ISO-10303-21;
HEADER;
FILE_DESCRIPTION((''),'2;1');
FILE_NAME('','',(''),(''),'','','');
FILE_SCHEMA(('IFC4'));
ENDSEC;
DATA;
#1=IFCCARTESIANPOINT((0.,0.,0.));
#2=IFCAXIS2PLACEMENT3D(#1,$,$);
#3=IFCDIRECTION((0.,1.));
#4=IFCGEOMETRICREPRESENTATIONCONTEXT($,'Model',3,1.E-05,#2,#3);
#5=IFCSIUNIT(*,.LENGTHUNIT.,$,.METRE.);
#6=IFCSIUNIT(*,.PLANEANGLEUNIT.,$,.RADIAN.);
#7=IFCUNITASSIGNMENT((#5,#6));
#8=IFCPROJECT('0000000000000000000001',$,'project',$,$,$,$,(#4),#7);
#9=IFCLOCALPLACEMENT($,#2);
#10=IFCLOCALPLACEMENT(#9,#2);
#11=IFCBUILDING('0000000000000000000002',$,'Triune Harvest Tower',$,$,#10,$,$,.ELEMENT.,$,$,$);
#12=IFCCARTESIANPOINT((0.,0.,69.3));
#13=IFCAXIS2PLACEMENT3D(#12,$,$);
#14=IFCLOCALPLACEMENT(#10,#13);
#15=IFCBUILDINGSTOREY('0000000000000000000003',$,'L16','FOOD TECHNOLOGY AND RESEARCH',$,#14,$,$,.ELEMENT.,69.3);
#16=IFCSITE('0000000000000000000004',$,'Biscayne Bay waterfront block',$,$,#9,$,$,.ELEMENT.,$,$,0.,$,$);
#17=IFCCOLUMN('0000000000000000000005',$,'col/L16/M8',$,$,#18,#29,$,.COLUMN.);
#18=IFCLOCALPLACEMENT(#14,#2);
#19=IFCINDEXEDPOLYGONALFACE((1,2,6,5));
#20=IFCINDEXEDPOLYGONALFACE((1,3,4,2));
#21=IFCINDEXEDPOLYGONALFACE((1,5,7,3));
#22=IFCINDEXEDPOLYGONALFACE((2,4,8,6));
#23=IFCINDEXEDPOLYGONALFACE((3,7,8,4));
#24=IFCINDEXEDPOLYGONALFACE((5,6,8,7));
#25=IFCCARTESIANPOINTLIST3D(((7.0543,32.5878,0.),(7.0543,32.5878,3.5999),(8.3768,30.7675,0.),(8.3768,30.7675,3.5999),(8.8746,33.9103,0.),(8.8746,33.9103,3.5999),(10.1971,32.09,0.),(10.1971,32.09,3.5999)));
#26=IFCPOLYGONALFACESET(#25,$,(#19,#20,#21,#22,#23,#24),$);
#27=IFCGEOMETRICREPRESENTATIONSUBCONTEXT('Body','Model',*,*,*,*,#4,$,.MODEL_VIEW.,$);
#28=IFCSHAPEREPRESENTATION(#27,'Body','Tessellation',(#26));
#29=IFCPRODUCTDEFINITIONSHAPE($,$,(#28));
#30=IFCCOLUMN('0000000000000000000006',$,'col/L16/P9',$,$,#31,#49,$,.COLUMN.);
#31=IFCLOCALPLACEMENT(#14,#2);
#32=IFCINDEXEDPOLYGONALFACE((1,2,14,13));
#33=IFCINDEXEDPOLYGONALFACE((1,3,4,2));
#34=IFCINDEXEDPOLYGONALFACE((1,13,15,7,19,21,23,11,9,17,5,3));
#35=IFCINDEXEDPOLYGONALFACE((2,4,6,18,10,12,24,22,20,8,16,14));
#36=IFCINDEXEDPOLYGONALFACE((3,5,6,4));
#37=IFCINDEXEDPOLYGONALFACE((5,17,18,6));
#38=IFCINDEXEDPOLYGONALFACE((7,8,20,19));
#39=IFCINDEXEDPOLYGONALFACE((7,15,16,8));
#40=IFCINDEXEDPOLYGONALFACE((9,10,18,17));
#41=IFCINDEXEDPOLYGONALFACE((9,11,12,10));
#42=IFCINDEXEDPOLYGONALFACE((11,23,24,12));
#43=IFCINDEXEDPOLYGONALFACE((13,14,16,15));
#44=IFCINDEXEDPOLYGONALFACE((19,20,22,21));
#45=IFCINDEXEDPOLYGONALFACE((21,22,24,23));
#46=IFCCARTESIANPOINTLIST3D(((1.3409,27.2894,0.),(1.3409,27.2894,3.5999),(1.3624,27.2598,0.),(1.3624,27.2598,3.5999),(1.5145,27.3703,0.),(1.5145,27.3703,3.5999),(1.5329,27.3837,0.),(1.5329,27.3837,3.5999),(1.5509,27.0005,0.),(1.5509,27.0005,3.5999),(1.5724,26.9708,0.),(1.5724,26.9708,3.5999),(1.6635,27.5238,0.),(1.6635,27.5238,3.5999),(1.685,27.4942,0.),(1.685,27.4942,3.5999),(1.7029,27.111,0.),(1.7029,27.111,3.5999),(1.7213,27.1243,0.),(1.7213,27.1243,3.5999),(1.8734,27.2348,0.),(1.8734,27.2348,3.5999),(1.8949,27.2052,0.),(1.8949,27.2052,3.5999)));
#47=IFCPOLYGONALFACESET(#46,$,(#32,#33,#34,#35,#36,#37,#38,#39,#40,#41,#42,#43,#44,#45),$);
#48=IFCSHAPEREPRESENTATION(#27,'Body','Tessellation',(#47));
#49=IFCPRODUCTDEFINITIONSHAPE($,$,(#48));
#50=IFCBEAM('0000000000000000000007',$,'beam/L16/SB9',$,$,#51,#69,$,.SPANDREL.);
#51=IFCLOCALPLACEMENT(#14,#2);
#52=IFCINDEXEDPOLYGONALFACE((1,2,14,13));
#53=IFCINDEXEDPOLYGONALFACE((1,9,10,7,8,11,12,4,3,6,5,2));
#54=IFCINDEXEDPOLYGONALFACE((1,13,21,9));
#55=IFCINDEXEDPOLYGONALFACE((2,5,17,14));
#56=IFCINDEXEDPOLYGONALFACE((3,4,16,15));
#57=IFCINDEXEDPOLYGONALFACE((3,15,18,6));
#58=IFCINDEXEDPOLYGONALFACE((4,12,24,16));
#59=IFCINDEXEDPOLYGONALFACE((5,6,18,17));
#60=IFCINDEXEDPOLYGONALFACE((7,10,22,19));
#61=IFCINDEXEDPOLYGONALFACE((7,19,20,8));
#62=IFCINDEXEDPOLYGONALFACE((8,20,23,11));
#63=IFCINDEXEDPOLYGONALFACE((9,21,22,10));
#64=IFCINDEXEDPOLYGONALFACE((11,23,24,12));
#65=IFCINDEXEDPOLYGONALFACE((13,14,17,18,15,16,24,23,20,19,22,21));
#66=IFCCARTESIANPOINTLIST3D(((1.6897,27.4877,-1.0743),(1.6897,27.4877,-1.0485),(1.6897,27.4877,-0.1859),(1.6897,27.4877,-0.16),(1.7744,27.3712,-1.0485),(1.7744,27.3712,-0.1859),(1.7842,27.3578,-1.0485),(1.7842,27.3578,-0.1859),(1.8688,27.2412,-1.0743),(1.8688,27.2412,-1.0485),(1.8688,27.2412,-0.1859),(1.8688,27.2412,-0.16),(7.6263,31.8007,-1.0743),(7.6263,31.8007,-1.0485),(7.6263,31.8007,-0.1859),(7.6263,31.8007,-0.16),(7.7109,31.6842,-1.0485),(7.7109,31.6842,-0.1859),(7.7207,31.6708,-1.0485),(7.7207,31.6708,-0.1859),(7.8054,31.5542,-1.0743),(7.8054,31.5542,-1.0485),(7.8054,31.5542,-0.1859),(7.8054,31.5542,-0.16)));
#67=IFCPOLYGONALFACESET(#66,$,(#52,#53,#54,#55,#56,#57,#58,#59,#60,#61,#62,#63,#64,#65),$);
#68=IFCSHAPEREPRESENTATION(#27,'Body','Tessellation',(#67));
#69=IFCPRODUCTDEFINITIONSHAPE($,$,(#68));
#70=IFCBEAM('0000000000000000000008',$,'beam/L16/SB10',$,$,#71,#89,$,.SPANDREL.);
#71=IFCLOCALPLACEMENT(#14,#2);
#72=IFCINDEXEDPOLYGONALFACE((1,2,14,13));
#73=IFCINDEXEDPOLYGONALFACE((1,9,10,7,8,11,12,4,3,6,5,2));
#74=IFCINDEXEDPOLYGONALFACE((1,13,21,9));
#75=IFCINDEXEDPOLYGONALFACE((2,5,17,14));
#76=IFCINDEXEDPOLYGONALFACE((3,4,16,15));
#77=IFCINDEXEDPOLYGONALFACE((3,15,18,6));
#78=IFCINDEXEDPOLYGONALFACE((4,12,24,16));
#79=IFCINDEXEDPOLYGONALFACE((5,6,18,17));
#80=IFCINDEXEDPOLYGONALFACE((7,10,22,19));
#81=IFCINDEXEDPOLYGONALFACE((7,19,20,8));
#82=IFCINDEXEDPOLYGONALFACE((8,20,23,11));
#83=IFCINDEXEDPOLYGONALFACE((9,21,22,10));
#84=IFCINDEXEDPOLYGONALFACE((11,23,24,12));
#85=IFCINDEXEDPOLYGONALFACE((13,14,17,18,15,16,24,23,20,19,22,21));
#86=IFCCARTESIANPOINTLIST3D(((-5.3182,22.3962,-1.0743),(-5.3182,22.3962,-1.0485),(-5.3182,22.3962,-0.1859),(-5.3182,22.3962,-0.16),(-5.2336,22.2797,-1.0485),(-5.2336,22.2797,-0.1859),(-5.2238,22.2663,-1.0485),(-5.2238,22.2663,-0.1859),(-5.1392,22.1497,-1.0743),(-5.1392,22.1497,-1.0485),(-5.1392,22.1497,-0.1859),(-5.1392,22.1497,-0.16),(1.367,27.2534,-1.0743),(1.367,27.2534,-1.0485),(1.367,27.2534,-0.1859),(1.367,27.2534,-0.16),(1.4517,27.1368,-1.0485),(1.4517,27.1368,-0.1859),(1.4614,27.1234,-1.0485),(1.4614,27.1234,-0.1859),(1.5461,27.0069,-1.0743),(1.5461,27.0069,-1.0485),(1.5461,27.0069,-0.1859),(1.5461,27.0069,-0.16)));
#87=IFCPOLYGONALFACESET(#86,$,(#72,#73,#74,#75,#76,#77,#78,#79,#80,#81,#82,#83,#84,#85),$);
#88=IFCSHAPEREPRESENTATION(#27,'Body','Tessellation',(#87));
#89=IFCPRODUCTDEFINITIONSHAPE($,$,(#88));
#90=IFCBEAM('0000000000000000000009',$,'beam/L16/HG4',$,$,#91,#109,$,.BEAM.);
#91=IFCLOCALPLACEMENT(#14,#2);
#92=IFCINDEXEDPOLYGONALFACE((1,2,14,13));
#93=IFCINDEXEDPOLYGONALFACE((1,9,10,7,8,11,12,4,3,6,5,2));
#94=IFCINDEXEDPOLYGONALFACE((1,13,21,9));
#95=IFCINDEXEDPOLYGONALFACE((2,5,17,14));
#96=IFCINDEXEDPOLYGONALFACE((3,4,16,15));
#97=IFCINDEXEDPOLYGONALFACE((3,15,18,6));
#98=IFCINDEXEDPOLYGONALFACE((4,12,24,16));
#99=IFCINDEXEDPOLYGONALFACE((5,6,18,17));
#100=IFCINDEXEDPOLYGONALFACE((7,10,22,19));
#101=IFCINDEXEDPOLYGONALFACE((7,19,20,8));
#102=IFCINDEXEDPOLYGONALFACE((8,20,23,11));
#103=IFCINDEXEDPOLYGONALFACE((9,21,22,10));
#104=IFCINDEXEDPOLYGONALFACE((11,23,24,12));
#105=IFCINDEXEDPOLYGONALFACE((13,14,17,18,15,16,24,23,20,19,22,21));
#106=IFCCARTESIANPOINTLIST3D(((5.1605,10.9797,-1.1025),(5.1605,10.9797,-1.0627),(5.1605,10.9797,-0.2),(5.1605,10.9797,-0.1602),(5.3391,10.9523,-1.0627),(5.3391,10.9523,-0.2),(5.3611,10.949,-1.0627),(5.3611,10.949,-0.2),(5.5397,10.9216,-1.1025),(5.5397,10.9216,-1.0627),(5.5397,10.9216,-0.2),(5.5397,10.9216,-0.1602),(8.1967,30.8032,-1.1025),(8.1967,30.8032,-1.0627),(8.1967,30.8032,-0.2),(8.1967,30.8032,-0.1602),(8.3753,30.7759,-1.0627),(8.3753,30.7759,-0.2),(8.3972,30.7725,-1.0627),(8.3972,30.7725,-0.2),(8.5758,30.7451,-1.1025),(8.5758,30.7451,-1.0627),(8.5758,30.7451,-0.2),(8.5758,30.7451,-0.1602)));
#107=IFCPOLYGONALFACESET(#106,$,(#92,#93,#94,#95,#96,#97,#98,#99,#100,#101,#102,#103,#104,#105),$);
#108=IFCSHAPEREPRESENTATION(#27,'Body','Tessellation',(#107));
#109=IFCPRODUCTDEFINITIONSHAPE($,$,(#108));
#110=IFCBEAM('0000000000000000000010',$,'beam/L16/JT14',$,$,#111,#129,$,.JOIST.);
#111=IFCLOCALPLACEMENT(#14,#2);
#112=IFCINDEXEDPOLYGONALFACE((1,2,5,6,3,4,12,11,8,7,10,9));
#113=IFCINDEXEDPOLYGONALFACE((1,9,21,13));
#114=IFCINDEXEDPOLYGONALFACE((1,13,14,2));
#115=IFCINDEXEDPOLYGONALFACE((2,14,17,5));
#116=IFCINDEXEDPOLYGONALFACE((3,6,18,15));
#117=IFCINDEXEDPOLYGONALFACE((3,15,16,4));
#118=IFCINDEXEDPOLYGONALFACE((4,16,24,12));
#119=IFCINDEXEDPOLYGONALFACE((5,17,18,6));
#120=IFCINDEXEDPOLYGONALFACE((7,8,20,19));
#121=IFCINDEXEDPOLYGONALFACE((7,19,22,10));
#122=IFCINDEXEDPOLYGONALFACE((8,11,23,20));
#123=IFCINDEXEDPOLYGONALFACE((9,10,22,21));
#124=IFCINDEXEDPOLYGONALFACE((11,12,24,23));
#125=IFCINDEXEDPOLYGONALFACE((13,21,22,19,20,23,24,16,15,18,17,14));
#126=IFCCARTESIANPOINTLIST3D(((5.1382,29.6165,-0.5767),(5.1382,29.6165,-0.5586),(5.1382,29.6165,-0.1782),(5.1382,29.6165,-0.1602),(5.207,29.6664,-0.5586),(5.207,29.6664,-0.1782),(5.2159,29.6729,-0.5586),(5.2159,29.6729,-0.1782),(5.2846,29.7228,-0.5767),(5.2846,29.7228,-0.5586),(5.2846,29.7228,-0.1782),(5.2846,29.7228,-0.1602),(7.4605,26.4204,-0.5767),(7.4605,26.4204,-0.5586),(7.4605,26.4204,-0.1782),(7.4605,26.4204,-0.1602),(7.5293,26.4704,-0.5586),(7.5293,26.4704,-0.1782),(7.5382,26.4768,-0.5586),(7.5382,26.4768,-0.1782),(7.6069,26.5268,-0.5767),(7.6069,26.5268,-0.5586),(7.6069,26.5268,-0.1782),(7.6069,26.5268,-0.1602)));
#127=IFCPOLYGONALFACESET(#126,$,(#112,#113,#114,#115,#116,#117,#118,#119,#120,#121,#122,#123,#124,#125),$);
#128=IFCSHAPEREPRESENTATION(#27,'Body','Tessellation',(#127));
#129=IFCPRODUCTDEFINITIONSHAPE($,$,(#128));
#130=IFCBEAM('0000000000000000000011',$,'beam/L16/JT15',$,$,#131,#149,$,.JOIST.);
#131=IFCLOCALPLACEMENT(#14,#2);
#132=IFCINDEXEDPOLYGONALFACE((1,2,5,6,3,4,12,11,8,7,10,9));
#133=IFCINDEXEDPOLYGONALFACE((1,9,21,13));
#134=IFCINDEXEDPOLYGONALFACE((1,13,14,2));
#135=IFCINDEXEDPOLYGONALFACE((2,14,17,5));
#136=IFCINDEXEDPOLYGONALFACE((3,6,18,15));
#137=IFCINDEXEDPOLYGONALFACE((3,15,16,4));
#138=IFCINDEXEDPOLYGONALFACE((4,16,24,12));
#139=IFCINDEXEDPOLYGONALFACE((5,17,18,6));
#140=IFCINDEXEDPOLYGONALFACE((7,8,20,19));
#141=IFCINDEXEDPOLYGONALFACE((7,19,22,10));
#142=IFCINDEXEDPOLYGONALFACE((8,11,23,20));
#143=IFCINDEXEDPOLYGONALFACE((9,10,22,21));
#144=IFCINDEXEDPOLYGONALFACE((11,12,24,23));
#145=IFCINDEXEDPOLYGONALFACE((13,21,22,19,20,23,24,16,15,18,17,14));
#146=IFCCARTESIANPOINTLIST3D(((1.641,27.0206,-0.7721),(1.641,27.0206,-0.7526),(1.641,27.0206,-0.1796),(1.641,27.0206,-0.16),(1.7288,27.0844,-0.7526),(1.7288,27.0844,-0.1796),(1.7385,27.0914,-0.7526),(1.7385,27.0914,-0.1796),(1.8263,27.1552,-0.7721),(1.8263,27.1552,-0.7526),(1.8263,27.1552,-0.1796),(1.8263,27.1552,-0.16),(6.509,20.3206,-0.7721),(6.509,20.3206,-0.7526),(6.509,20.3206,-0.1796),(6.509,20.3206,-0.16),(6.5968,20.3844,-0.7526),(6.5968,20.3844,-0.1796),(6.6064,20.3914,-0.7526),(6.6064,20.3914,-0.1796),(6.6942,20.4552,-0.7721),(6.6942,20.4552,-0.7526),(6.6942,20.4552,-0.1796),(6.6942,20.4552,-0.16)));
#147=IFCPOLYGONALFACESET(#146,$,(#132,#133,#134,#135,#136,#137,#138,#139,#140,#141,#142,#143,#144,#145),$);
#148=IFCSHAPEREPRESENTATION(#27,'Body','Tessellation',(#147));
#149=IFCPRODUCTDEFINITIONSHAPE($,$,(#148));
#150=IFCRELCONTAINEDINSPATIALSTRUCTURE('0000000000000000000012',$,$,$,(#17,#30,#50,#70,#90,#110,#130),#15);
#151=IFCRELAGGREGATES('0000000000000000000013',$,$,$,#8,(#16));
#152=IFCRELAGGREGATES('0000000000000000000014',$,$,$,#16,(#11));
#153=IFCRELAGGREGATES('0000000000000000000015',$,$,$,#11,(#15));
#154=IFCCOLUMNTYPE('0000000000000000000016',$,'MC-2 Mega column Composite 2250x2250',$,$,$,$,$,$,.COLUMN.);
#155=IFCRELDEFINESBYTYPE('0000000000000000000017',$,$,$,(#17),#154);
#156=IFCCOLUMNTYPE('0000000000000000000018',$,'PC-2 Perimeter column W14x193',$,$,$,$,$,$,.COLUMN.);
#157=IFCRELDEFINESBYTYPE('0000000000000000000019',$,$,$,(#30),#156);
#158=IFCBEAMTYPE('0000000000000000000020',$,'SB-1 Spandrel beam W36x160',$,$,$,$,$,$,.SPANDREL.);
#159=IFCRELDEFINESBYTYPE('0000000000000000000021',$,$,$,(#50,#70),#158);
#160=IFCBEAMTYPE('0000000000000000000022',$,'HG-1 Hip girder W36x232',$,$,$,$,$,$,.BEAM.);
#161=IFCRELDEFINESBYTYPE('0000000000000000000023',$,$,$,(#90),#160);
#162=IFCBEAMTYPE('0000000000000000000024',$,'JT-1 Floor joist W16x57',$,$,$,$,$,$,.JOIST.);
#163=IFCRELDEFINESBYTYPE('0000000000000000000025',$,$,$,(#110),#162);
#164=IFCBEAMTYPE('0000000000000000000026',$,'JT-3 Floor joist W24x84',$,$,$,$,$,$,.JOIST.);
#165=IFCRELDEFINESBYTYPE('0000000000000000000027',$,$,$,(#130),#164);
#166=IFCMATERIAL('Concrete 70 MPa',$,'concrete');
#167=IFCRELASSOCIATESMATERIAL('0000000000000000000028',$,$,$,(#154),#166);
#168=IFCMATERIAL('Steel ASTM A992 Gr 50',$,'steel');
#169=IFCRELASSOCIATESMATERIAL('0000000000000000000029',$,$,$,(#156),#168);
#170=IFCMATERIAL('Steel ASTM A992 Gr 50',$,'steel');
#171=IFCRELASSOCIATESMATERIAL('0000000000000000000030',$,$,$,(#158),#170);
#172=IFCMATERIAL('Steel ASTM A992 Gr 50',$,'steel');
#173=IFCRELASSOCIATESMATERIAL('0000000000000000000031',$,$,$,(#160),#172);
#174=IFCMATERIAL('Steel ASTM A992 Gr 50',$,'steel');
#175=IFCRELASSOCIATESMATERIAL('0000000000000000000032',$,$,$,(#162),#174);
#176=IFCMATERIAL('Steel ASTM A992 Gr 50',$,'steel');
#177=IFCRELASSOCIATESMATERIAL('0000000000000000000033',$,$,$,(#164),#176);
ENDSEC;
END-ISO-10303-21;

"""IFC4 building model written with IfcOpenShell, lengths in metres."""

from ifc_helpers import new_model, si_unit, direction, frame, origin, origin_2d, place, context, subcontext, project, spatial, rectangle, i_section, extrude, source, transform, mapped, material, material_profile, profile_set, type_object, element, save


model = new_model("IFC4")

# Units and contexts
model_context = context("Model", 3, precision=1e-05, world=origin(), true_north=direction((0.0, 1.0)))
body_context = subcontext(model_context, "Body", "Model", "MODEL_VIEW")
ifc_project = project(units=[si_unit("LENGTHUNIT", "METRE"), si_unit("PLANEANGLEUNIT", "RADIAN")], contexts=[model_context])

# Site, building, storey
site_placement = place(None, origin())
site = spatial("IfcSite", under=ifc_project, at=site_placement, Name="Biscayne Bay waterfront block", CompositionType="ELEMENT", RefElevation=0.0)
building_placement = place(site_placement, origin())
building = spatial("IfcBuilding", under=site, at=building_placement, Name="Triune Harvest Tower", CompositionType="ELEMENT")
storey_placement = place(building_placement, frame((0.0, 0.0, 69.3)))
storey = spatial("IfcBuildingStorey", under=building, at=storey_placement, Name="L16", Description="FOOD TECHNOLOGY AND RESEARCH", CompositionType="ELEMENT", Elevation=69.3)

# Columns
ifc_material_1 = material(Name="Concrete 70 MPa", Category="concrete")
ifc_material_profile_1 = material_profile(ifc_material_1, rectangle(XDim=2.25, YDim=2.25, at=origin_2d()), Name="Composite 2250x2250")
ifc_profile_set_1 = profile_set([ifc_material_profile_1], Name="Concrete 70 MPa")
column_type_1 = type_object("IfcColumnType", Name="MC-2 Mega column Composite 2250x2250", PredefinedType="COLUMN", material=ifc_profile_set_1)
shared_shape_1 = source(origin(), body_context, "Body", "SweptSolid", [
    extrude(rectangle(XDim=2.25, YDim=2.25, at=origin_2d()), origin(), (0.0, 0.0, 1.0), 3.5999),
])
column_1_placement = place(storey_placement, frame((8.6257, 32.3389, 0.0), z_axis=(0.0, 0.0, 1.0), x_axis=(-0.809017, -0.587785, 0.0)))
element("IfcColumn", 1, at=column_1_placement, inside=storey, type_object=column_type_1, Name="col/L16/M8", PredefinedType="COLUMN", context=body_context, shape_type="MappedRepresentation", body=[
    mapped(shared_shape_1, transform((0.0, 0.0, 0.0), scale=1.0)),
])
ifc_material_2 = material(Name="Steel ASTM A992 Gr 50", Category="steel")
ifc_material_profile_2 = material_profile(ifc_material_2, i_section(OverallWidth=0.3987, OverallDepth=0.3938, WebThickness=0.0227, FlangeThickness=0.0366, at=origin_2d()), Name="W14x193")
ifc_profile_set_2 = profile_set([ifc_material_profile_2], Name="Steel ASTM A992 Gr 50")
column_type_2 = type_object("IfcColumnType", Name="PC-2 Perimeter column W14x193", PredefinedType="COLUMN", material=ifc_profile_set_2)
shared_shape_2 = source(origin(), body_context, "Body", "SweptSolid", [
    extrude(i_section(OverallWidth=0.3987, OverallDepth=0.3938, WebThickness=0.0227, FlangeThickness=0.0366, at=origin_2d()), origin(), (0.0, 0.0, 1.0), 3.5999),
])
column_2_placement = place(storey_placement, frame((1.6179, 27.2473, 0.0), z_axis=(0.0, 0.0, 1.0), x_axis=(-0.809017, -0.587785, 0.0)))
element("IfcColumn", 2, at=column_2_placement, inside=storey, type_object=column_type_2, Name="col/L16/P9", PredefinedType="COLUMN", context=body_context, shape_type="MappedRepresentation", body=[
    mapped(shared_shape_2, transform((0.0, 0.0, 0.0), scale=1.0)),
])

# Beams
ifc_material_3 = material(Name="Steel ASTM A992 Gr 50", Category="steel")
ifc_material_profile_3 = material_profile(ifc_material_3, i_section(OverallWidth=0.3047, OverallDepth=0.9143, WebThickness=0.0166, FlangeThickness=0.0259, at=origin_2d()), Name="W36x160")
ifc_profile_set_3 = profile_set([ifc_material_profile_3], Name="Steel ASTM A992 Gr 50")
beam_type_1 = type_object("IfcBeamType", Name="SB-1 Spandrel beam W36x160", PredefinedType="SPANDREL", material=ifc_profile_set_3)
shared_shape_3 = source(origin(), body_context, "Body", "SweptSolid", [
    extrude(i_section(OverallWidth=0.3047, OverallDepth=0.9143, WebThickness=0.0166, FlangeThickness=0.0259, at=origin_2d()), origin(), (0.0, 0.0, 1.0), 7.3379),
])
beam_1_placement = place(storey_placement, frame((7.7158, 31.6775, -0.6172), z_axis=(-0.809027, -0.587772, 0.0), x_axis=(0.587772, -0.809027, 0.0)))
element("IfcBeam", 3, at=beam_1_placement, inside=storey, type_object=beam_type_1, Name="beam/L16/SB9", PredefinedType="SPANDREL", context=body_context, shape_type="MappedRepresentation", body=[
    mapped(shared_shape_3, transform((0.0, 0.0, 0.0), scale=1.0)),
])
shared_shape_4 = source(origin(), body_context, "Body", "SweptSolid", [
    extrude(i_section(OverallWidth=0.3047, OverallDepth=0.9143, WebThickness=0.0166, FlangeThickness=0.0259, at=origin_2d()), origin(), (0.0, 0.0, 1.0), 8.2634),
])
beam_2_placement = place(storey_placement, frame((1.4565, 27.1301, -0.6172), z_axis=(-0.809016, -0.587787, 0.0), x_axis=(0.587787, -0.809016, 0.0)))
element("IfcBeam", 4, at=beam_2_placement, inside=storey, type_object=beam_type_1, Name="beam/L16/SB10", PredefinedType="SPANDREL", context=body_context, shape_type="MappedRepresentation", body=[
    mapped(shared_shape_4, transform((0.0, 0.0, 0.0), scale=1.0)),
])
ifc_material_4 = material(Name="Steel ASTM A992 Gr 50", Category="steel")
ifc_material_profile_4 = material_profile(ifc_material_4, i_section(OverallWidth=0.3835, OverallDepth=0.9424, WebThickness=0.0222, FlangeThickness=0.0398, at=origin_2d()), Name="W36x232")
ifc_profile_set_4 = profile_set([ifc_material_profile_4], Name="Steel ASTM A992 Gr 50")
beam_type_2 = type_object("IfcBeamType", Name="HG-1 Hip girder W36x232", PredefinedType="BEAM", material=ifc_profile_set_4)
shared_shape_5 = source(origin(), body_context, "Body", "SweptSolid", [
    extrude(i_section(OverallWidth=0.3835, OverallDepth=0.9424, WebThickness=0.0222, FlangeThickness=0.0398, at=origin_2d()), origin(), (0.0, 0.0, 1.0), 20.0547),
])
beam_3_placement = place(storey_placement, frame((8.3862, 30.7742, -0.6313), z_axis=(-0.151393, -0.988474, 0.0), x_axis=(0.988474, -0.151393, 0.0)))
element("IfcBeam", 5, at=beam_3_placement, inside=storey, type_object=beam_type_2, Name="beam/L16/HG4", PredefinedType="BEAM", context=body_context, shape_type="MappedRepresentation", body=[
    mapped(shared_shape_5, transform((0.0, 0.0, 0.0), scale=1.0)),
])
ifc_material_5 = material(Name="Steel ASTM A992 Gr 50", Category="steel")
ifc_material_profile_5 = material_profile(ifc_material_5, i_section(OverallWidth=0.1809, OverallDepth=0.4165, WebThickness=0.011, FlangeThickness=0.0181, at=origin_2d()), Name="W16x57")
ifc_profile_set_5 = profile_set([ifc_material_profile_5], Name="Steel ASTM A992 Gr 50")
beam_type_3 = type_object("IfcBeamType", Name="JT-1 Floor joist W16x57", PredefinedType="JOIST", material=ifc_profile_set_5)
shared_shape_6 = source(origin(), body_context, "Body", "SweptSolid", [
    extrude(i_section(OverallWidth=0.1809, OverallDepth=0.4165, WebThickness=0.011, FlangeThickness=0.0181, at=origin_2d()), origin(), (0.0, 0.0, 1.0), 3.9507),
])
beam_4_placement = place(storey_placement, frame((5.2114, 29.6697, -0.3684), z_axis=(0.587819, -0.808993, 0.0), x_axis=(0.808993, 0.587819, 0.0)))
element("IfcBeam", 6, at=beam_4_placement, inside=storey, type_object=beam_type_3, Name="beam/L16/JT14", PredefinedType="JOIST", context=body_context, shape_type="MappedRepresentation", body=[
    mapped(shared_shape_6, transform((0.0, 0.0, 0.0), scale=1.0)),
])
ifc_material_6 = material(Name="Steel ASTM A992 Gr 50", Category="steel")
ifc_material_profile_6 = material_profile(ifc_material_6, i_section(OverallWidth=0.229, OverallDepth=0.6121, WebThickness=0.012, FlangeThickness=0.0195, at=origin_2d()), Name="W24x84")
ifc_profile_set_6 = profile_set([ifc_material_profile_6], Name="Steel ASTM A992 Gr 50")
beam_type_4 = type_object("IfcBeamType", Name="JT-3 Floor joist W24x84", PredefinedType="JOIST", material=ifc_profile_set_6)
shared_shape_7 = source(origin(), body_context, "Body", "SweptSolid", [
    extrude(i_section(OverallWidth=0.229, OverallDepth=0.6121, WebThickness=0.012, FlangeThickness=0.0195, at=origin_2d()), origin(), (0.0, 0.0, 1.0), 8.2817),
])
beam_5_placement = place(storey_placement, frame((1.7336, 27.0879, -0.4661), z_axis=(0.587795, -0.80901, 0.0), x_axis=(0.80901, 0.587795, 0.0)))
element("IfcBeam", 7, at=beam_5_placement, inside=storey, type_object=beam_type_4, Name="beam/L16/JT15", PredefinedType="JOIST", context=body_context, shape_type="MappedRepresentation", body=[
    mapped(shared_shape_7, transform((0.0, 0.0, 0.0), scale=1.0)),
])

save(model, "model.ifc")
